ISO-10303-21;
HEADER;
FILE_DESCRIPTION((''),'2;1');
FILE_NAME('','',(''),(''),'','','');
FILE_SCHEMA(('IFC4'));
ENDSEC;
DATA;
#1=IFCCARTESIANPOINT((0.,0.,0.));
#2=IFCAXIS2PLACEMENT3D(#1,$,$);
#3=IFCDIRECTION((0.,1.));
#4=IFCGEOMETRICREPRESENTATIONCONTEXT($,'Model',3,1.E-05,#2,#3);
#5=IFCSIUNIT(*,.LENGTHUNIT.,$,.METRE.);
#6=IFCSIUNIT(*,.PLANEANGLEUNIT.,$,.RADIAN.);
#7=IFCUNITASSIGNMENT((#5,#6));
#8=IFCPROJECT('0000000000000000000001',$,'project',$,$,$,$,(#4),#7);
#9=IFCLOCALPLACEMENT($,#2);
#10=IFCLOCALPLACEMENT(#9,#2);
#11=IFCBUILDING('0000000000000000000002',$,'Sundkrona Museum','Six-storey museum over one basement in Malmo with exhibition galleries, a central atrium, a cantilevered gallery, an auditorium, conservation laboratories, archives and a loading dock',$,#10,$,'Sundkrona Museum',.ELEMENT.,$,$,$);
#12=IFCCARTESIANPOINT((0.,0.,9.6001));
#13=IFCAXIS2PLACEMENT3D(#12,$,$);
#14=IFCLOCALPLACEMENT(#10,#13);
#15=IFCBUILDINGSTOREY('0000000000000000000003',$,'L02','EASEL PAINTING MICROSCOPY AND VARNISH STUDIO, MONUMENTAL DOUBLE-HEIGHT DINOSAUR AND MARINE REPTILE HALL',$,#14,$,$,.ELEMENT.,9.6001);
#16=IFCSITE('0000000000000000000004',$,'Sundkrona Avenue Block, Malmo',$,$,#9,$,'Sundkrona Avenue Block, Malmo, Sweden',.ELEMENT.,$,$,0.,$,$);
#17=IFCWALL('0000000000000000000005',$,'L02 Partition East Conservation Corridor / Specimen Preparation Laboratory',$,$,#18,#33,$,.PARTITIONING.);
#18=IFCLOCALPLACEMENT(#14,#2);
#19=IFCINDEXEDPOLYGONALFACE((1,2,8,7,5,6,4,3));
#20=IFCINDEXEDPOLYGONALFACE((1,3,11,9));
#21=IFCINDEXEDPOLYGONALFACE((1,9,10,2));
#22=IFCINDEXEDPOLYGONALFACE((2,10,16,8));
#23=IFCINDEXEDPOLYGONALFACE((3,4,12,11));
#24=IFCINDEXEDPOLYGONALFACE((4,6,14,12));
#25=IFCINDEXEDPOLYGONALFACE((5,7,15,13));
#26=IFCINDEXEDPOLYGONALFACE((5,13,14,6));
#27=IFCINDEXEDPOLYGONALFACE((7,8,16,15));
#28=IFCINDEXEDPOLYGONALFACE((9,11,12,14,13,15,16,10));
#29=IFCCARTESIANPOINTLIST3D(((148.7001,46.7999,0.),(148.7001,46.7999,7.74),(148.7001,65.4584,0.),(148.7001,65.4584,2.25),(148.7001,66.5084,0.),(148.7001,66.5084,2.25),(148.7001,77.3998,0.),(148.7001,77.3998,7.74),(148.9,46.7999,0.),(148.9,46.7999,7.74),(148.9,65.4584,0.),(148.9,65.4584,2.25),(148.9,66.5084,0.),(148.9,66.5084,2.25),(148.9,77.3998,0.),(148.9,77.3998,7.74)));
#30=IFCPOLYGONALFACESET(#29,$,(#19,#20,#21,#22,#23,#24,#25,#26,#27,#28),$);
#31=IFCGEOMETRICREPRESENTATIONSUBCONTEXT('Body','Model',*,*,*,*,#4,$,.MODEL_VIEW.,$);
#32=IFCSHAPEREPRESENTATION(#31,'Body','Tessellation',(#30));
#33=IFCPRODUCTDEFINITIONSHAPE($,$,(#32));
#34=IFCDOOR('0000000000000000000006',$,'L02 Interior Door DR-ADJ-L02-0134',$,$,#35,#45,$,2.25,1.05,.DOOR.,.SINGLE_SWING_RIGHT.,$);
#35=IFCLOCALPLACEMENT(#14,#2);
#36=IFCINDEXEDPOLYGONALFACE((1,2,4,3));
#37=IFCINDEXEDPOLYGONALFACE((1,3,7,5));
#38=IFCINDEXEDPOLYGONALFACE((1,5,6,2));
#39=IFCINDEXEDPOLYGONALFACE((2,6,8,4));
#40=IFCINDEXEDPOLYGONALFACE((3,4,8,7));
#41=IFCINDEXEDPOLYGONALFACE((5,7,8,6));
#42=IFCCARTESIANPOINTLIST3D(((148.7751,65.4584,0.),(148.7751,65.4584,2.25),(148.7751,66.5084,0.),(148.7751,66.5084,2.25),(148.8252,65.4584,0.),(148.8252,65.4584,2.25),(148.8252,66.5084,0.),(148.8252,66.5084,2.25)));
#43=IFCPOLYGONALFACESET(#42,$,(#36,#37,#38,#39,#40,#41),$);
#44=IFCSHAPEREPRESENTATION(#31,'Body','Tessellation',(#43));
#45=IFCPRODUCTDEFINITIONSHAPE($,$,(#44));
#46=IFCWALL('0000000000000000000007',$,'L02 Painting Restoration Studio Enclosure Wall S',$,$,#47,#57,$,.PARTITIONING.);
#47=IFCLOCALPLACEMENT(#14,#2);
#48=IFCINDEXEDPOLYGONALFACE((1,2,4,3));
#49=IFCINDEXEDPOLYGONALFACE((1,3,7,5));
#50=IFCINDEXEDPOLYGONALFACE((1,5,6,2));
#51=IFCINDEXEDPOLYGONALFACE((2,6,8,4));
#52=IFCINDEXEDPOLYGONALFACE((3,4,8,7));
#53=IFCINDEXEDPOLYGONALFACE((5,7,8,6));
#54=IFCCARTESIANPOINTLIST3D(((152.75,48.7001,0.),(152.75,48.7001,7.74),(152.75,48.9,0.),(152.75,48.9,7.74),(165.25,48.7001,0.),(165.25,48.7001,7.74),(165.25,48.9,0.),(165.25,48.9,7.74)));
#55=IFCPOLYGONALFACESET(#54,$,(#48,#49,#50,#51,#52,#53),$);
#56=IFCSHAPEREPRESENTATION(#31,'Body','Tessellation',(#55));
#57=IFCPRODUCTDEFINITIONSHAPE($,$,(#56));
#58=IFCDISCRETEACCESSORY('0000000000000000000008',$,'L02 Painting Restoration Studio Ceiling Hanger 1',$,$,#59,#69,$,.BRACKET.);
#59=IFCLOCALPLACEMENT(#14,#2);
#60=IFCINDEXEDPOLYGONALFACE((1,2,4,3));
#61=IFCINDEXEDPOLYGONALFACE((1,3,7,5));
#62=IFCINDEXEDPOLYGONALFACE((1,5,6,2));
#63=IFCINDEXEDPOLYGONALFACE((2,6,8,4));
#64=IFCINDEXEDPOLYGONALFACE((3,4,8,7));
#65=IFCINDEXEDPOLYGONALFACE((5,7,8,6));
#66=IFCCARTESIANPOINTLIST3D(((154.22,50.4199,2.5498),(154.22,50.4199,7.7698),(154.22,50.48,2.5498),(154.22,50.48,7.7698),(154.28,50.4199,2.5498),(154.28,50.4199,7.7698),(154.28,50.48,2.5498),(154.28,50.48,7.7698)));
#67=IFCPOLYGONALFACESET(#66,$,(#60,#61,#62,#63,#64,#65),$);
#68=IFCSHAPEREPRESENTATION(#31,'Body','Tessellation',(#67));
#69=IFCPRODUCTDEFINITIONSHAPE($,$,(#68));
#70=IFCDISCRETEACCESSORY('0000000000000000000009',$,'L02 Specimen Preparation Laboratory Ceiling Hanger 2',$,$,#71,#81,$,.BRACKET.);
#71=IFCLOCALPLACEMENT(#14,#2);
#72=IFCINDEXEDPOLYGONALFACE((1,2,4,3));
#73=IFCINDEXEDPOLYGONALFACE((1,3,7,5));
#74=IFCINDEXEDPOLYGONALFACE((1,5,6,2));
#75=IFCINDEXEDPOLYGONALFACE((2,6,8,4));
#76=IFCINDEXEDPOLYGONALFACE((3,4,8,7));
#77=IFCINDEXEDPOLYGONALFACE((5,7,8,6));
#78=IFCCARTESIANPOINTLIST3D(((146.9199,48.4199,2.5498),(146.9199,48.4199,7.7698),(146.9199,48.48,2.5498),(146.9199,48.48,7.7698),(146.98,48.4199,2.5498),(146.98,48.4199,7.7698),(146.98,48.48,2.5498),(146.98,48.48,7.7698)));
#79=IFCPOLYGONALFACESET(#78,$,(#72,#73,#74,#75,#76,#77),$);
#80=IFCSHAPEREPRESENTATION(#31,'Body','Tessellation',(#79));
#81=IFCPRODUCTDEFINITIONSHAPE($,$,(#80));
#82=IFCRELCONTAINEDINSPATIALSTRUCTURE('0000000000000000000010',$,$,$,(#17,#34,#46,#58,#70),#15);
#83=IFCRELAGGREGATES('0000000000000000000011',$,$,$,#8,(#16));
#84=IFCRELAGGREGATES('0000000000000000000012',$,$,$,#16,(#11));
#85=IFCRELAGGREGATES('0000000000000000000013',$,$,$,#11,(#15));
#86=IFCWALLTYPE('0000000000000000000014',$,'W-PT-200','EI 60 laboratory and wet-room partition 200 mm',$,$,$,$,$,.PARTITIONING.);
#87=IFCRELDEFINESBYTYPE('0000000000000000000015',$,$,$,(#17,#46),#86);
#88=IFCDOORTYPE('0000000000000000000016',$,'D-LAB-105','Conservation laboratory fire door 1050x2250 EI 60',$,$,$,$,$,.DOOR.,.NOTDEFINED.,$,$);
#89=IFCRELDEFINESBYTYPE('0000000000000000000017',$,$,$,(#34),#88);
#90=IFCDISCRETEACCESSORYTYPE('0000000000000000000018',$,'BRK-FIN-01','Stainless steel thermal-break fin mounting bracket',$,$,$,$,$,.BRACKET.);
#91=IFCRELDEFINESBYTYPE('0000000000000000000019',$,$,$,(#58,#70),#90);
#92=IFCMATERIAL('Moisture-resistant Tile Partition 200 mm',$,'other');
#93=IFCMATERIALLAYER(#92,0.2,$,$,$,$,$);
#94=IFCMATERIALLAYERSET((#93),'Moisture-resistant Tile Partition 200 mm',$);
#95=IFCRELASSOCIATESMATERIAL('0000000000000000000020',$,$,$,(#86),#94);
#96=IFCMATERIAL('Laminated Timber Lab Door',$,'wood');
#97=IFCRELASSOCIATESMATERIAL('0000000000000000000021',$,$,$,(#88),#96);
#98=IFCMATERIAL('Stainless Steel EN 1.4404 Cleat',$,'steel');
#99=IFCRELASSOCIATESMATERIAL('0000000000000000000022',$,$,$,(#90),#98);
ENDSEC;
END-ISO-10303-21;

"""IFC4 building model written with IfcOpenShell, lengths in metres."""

from ifc_helpers import new_model, si_unit, direction, frame, frame_2d, origin, origin_2d, place, context, subcontext, project, spatial, rectangle, extrude, material, layer, layer_set, type_object, element, fill, save


model = new_model("IFC4")

# Units and contexts
model_context = context("Model", 3, precision=1e-05, world=origin(), true_north=direction((0.0, 1.0)))
body_context = subcontext(model_context, "Body", "Model", "MODEL_VIEW")
ifc_project = project(units=[si_unit("LENGTHUNIT", "METRE"), si_unit("PLANEANGLEUNIT", "RADIAN")], contexts=[model_context])

# Site, building, storey
site_placement = place(None, origin())
site = spatial("IfcSite", under=ifc_project, at=site_placement, Name="Sundkrona Avenue Block, Malmo", LongName="Sundkrona Avenue Block, Malmo, Sweden", CompositionType="ELEMENT", RefElevation=0.0)
building_placement = place(site_placement, origin())
building = spatial("IfcBuilding", under=site, at=building_placement, Name="Sundkrona Museum", Description="Six-storey museum over one basement in Malmo with exhibition galleries, a central atrium, a cantilevered gallery, an auditorium, conservation laboratories, archives and a loading dock", LongName="Sundkrona Museum", CompositionType="ELEMENT")
storey_placement = place(building_placement, frame((0.0, 0.0, 9.6001)))
storey = spatial("IfcBuildingStorey", under=building, at=storey_placement, Name="L02", Description="EASEL PAINTING MICROSCOPY AND VARNISH STUDIO, MONUMENTAL DOUBLE-HEIGHT DINOSAUR AND MARINE REPTILE HALL", CompositionType="ELEMENT", Elevation=9.6001)

# Wall, opening, door
ifc_material_1 = material(Name="Moisture-resistant Tile Partition 200 mm", Category="other")
ifc_layer = layer(ifc_material_1, 0.2)
ifc_layer_set = layer_set([ifc_layer], Name="Moisture-resistant Tile Partition 200 mm")
wall_type = type_object("IfcWallType", Name="W-PT-200", Description="EI 60 laboratory and wet-room partition 200 mm", PredefinedType="PARTITIONING", material=ifc_layer_set)
ifc_material_2 = material(Name="Laminated Timber Lab Door", Category="wood")
door_type = type_object("IfcDoorType", Name="D-LAB-105", Description="Conservation laboratory fire door 1050x2250 EI 60", OperationType="NOTDEFINED", PredefinedType="DOOR", material=ifc_material_2)
wall_1_placement = place(storey_placement, frame((148.8, 46.8, 0.0), z_axis=(0.0, 0.0, 1.0), x_axis=(0.0, 1.0, 0.0)))
wall_1 = element("IfcWall", 1, at=wall_1_placement, inside=storey, type_object=wall_type, Name="L02 Partition East Conservation Corridor / Specimen Preparation Laboratory", PredefinedType="PARTITIONING", context=body_context, shape_type="SweptSolid", body=[
    extrude(rectangle(XDim=30.5999, YDim=0.2, at=frame_2d((15.2998, 0.0))), origin(), (0.0, 0.0, 1.0), 7.74),
])
opening_1_placement = place(wall_1_placement, frame((18.6584, 0.0, 0.0)))
opening_1 = element("IfcOpeningElement", 2, at=opening_1_placement, cuts=wall_1, PredefinedType="OPENING", context=body_context, shape_type="SweptSolid", body=[
    extrude(rectangle(XDim=1.05, YDim=2.25, at=frame_2d((0.5249, 1.125))), frame((0.0, 0.1099, 0.0), z_axis=(0.0, -1.0, 0.0), x_axis=(1.0, 0.0, 0.0)), (0.0, 0.0, 1.0), 0.22),
])
door_1_placement = place(opening_1_placement, origin())
door_1 = element("IfcDoor", 3, at=door_1_placement, inside=storey, type_object=door_type, Name="L02 Interior Door DR-ADJ-L02-0134", OperationType="SINGLE_SWING_RIGHT", OverallHeight=2.25, OverallWidth=1.05, PredefinedType="DOOR", context=body_context, shape_type="SweptSolid", body=[
    extrude(rectangle(XDim=1.05, YDim=2.25, at=frame_2d((0.5249, 1.125))), frame((0.0, 0.0249, 0.0), z_axis=(0.0, -1.0, 0.0), x_axis=(1.0, 0.0, 0.0)), (0.0, 0.0, 1.0), 0.05),
])
fill(opening_1, door_1)

# Wall
wall_2_placement = place(storey_placement, frame((152.75, 48.8, 0.0), z_axis=(0.0, 0.0, 1.0), x_axis=(1.0, 0.0, 0.0)))
element("IfcWall", 4, at=wall_2_placement, inside=storey, type_object=wall_type, Name="L02 Painting Restoration Studio Enclosure Wall S", PredefinedType="PARTITIONING", context=body_context, shape_type="SweptSolid", body=[
    extrude(rectangle(XDim=12.5, YDim=0.2, at=frame_2d((6.25, 0.0))), origin(), (0.0, 0.0, 1.0), 7.74),
])

# Discrete accessories
ifc_material_3 = material(Name="Stainless Steel EN 1.4404 Cleat", Category="steel")
discrete_accessory_type = type_object("IfcDiscreteAccessoryType", Name="BRK-FIN-01", Description="Stainless steel thermal-break fin mounting bracket", PredefinedType="BRACKET", material=ifc_material_3)
for number, where, z_axis, x_axis, name in (
    (5, (154.25, 50.45, 2.5498), (0.0, 0.0, 1.0), (1.0, 0.0, 0.0), "L02 Painting Restoration Studio Ceiling Hanger 1"),
    (6, (146.95, 48.45, 2.5498), (0.0, 0.0, 1.0), (1.0, 0.0, 0.0), "L02 Specimen Preparation Laboratory Ceiling Hanger 2"),
):
    element("IfcDiscreteAccessory", number, at=place(storey_placement, frame(where, z_axis=z_axis, x_axis=x_axis)), inside=storey, type_object=discrete_accessory_type, Name=name, PredefinedType="BRACKET", context=body_context, shape_type="SweptSolid", body=[
        extrude(rectangle(XDim=0.0601, YDim=0.0601, at=origin_2d()), origin(), (0.0, 0.0, 1.0), 5.22),
    ])

save(model, "model.ifc")
